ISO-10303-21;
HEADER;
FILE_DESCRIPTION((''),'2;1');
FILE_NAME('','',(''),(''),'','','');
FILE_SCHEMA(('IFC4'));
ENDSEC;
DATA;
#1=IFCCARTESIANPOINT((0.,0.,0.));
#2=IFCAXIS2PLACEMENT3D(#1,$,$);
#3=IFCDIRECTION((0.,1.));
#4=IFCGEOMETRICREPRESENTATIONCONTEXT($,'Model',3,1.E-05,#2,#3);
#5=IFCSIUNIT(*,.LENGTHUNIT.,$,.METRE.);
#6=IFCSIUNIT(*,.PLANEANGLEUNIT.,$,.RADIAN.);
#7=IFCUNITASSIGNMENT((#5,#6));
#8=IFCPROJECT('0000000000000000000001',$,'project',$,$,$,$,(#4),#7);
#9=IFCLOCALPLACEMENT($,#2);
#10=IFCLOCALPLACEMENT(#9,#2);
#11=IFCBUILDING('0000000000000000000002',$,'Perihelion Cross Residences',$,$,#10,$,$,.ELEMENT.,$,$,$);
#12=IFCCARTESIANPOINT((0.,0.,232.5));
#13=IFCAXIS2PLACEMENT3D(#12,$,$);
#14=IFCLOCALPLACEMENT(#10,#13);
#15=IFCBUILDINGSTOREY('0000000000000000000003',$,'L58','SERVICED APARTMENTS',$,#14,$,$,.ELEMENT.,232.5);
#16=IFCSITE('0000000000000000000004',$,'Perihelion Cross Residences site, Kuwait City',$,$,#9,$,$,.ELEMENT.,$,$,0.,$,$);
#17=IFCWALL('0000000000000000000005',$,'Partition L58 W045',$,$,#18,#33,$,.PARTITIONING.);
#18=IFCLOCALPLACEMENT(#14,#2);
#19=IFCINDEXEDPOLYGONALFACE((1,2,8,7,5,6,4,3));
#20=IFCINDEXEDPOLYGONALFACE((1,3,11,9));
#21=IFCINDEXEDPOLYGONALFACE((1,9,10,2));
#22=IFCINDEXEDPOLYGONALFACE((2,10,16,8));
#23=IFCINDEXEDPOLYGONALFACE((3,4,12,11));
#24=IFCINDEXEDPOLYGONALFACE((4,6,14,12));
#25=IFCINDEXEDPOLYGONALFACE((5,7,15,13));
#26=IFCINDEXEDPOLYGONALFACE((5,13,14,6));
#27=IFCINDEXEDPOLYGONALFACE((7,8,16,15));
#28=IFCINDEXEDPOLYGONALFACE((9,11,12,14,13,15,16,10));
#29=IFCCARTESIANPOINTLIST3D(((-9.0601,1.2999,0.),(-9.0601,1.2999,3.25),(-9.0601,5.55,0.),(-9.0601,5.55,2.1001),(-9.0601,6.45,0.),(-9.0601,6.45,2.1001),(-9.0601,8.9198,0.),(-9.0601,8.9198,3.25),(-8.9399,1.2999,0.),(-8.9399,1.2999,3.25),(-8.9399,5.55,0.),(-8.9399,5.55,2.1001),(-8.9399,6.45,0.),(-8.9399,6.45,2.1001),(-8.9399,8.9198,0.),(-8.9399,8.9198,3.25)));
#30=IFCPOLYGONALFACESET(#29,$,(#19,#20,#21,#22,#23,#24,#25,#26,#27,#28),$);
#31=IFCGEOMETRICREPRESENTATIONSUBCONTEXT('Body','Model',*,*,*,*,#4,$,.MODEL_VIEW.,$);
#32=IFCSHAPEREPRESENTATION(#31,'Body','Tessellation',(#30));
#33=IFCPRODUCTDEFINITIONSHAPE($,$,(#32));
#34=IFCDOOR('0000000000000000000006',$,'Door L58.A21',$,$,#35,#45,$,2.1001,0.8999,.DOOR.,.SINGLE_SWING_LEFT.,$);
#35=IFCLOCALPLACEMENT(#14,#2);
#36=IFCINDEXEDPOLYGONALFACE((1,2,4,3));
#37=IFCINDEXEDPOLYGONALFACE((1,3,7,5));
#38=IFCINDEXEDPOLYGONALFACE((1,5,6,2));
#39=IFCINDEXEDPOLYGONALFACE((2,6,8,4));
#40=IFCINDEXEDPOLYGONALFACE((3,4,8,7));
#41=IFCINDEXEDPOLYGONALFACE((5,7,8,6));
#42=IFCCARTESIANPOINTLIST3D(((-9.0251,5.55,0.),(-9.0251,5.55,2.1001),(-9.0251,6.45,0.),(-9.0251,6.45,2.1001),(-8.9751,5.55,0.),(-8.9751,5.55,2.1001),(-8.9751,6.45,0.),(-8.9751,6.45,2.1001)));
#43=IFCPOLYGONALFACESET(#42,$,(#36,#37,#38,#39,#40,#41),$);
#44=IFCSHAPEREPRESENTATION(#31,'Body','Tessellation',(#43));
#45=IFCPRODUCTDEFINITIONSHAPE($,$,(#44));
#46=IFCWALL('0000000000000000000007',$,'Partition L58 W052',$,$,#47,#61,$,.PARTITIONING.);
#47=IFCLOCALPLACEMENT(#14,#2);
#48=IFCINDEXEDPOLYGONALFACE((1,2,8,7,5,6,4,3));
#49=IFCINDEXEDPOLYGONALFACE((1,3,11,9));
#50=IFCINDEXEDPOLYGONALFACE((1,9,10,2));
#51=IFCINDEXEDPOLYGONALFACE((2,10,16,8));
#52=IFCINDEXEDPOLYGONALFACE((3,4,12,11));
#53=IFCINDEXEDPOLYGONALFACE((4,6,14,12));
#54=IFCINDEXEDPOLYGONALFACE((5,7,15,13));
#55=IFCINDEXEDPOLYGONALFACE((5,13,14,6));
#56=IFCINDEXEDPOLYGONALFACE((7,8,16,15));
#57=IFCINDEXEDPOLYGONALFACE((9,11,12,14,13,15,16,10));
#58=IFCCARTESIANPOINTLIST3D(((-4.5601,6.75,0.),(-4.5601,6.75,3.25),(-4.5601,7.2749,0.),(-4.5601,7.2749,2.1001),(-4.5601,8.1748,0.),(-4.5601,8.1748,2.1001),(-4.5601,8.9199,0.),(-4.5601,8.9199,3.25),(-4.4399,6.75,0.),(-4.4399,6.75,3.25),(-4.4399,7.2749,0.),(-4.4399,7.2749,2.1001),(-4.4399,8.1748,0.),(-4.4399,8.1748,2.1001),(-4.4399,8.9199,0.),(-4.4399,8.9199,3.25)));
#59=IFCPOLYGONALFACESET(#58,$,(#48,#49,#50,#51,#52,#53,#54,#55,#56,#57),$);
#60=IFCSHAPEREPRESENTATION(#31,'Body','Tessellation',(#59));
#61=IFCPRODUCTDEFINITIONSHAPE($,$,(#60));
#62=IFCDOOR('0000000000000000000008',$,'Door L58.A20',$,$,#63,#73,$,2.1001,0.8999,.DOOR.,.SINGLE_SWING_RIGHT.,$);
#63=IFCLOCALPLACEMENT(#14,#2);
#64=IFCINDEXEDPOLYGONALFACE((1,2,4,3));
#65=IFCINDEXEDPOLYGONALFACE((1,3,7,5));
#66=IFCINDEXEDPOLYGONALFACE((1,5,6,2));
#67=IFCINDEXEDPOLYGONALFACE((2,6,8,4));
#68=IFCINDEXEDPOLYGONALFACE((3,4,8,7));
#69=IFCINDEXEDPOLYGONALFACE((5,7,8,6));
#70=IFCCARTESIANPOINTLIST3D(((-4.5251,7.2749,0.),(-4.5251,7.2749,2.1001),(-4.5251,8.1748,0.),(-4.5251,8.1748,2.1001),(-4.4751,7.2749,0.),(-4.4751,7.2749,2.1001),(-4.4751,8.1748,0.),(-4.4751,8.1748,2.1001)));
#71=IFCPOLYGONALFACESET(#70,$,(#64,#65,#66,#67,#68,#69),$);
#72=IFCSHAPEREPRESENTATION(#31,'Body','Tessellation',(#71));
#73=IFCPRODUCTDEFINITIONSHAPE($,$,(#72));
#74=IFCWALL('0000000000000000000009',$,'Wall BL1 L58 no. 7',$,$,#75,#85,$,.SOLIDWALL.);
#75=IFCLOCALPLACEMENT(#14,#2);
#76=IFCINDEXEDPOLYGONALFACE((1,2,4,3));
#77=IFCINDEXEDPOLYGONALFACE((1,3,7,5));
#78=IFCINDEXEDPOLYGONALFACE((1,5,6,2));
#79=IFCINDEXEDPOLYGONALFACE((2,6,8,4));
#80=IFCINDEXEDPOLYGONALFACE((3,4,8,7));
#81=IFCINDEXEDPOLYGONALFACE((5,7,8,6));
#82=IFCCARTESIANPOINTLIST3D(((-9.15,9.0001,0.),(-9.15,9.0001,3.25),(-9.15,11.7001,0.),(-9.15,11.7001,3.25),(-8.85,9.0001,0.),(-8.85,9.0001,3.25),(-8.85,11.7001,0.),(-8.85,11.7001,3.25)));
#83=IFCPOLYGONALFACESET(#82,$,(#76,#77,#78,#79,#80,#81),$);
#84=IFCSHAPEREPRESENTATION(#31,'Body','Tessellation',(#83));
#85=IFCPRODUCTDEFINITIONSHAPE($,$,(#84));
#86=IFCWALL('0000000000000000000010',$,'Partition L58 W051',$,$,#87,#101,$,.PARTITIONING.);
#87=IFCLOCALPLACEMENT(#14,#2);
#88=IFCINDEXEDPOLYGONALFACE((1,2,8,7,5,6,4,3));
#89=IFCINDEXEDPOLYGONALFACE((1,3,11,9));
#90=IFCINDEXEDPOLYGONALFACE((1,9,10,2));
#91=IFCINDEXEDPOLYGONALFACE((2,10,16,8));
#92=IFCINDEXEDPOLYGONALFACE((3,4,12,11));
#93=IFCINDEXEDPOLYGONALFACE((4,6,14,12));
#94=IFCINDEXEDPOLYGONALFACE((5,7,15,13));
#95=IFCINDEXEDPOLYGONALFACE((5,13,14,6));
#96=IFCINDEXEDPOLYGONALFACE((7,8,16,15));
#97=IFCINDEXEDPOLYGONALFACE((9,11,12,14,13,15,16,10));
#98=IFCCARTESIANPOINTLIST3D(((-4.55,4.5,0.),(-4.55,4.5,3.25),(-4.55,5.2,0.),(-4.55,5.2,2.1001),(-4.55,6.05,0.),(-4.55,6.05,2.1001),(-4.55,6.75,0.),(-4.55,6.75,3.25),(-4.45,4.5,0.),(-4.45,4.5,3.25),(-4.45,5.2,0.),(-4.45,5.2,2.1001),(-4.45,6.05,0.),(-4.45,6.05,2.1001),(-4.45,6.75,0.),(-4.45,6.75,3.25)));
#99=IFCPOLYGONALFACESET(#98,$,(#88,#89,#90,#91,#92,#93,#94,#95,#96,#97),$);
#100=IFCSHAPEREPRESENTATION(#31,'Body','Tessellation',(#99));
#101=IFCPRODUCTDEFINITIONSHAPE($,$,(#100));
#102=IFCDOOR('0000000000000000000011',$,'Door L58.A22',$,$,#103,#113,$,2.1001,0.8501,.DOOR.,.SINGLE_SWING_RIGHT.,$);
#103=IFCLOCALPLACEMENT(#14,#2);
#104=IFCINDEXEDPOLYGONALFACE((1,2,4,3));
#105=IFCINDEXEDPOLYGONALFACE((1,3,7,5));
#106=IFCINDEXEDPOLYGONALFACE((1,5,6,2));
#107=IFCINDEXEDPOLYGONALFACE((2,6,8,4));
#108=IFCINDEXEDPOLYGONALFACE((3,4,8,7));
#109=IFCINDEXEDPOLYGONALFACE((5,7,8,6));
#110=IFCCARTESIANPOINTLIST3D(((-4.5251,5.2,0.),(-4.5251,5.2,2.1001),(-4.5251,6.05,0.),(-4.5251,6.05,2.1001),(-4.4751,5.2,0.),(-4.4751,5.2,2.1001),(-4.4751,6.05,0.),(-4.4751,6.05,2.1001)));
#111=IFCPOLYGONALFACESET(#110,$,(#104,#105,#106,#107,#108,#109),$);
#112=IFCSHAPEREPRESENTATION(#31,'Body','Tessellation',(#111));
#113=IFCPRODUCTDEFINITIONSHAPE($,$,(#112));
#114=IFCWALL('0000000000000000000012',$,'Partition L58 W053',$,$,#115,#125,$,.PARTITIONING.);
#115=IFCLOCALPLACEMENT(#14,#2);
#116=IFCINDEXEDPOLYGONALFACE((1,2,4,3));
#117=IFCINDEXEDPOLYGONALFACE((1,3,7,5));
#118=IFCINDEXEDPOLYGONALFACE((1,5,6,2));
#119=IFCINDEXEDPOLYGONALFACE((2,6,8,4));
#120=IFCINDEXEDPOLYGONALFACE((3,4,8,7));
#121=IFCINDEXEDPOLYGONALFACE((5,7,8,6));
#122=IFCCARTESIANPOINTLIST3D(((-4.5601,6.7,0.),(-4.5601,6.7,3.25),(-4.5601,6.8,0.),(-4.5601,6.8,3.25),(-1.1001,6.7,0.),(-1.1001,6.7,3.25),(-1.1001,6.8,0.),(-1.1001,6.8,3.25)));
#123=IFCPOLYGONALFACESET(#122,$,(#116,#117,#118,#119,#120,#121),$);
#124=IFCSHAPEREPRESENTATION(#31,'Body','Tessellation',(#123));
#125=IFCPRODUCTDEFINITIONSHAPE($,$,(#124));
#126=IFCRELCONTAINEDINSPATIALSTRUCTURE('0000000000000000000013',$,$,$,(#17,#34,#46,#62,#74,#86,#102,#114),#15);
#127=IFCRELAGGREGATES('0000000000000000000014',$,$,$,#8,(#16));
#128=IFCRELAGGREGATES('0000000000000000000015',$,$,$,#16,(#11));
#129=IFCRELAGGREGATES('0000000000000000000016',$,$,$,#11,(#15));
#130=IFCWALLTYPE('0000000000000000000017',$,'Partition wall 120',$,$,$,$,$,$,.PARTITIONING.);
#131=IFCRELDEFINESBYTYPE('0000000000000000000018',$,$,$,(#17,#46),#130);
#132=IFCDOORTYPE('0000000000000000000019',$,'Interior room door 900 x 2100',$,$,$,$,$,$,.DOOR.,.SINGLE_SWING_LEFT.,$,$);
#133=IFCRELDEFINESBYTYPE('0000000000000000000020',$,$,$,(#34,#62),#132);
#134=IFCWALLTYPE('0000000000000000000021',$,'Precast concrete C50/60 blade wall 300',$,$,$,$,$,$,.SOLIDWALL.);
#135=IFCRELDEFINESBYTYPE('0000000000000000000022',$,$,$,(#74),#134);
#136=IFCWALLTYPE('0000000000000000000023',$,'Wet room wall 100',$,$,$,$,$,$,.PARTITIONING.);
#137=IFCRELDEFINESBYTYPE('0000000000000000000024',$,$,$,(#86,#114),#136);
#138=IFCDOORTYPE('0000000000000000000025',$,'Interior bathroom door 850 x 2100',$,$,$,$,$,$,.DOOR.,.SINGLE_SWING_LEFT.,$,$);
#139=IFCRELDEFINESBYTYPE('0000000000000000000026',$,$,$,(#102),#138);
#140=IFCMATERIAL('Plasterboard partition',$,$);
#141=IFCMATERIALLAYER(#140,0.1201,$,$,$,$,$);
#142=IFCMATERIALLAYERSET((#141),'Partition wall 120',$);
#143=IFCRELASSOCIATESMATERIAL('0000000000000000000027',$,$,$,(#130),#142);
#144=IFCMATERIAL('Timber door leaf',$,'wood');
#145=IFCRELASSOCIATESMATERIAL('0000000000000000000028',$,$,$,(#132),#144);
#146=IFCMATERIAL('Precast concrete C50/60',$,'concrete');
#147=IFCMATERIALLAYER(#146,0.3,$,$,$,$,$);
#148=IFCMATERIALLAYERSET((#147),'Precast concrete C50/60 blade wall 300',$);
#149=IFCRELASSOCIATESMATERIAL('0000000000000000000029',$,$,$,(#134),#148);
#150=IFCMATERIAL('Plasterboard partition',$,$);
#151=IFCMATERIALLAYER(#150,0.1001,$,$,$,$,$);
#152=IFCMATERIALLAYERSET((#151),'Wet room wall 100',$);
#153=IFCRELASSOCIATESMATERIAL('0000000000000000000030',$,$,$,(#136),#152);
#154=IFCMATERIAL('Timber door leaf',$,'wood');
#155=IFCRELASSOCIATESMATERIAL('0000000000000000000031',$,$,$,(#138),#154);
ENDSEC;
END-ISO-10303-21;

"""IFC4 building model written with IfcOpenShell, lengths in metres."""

from ifc_helpers import new_model, si_unit, direction, frame, frame_2d, origin, place, context, subcontext, project, spatial, rectangle, extrude, material, layer, layer_set, type_object, element, fill, save


model = new_model("IFC4")

# Units and contexts
model_context = context("Model", 3, precision=1e-05, world=origin(), true_north=direction((0.0, 1.0)))
body_context = subcontext(model_context, "Body", "Model", "MODEL_VIEW")
ifc_project = project(units=[si_unit("LENGTHUNIT", "METRE"), si_unit("PLANEANGLEUNIT", "RADIAN")], contexts=[model_context])

# Site, building, storey
site_placement = place(None, origin())
site = spatial("IfcSite", under=ifc_project, at=site_placement, Name="Perihelion Cross Residences site, Kuwait City", CompositionType="ELEMENT", RefElevation=0.0)
building_placement = place(site_placement, origin())
building = spatial("IfcBuilding", under=site, at=building_placement, Name="Perihelion Cross Residences", CompositionType="ELEMENT")
storey_placement = place(building_placement, frame((0.0, 0.0, 232.5)))
storey = spatial("IfcBuildingStorey", under=building, at=storey_placement, Name="L58", Description="SERVICED APARTMENTS", CompositionType="ELEMENT", Elevation=232.5)

# Shared definitions
ifc_material_1 = material(Name="Plasterboard partition")
ifc_layer_1 = layer(ifc_material_1, 0.1201)
ifc_layer_set_1 = layer_set([ifc_layer_1], Name="Partition wall 120")
wall_type_1 = type_object("IfcWallType", Name="Partition wall 120", PredefinedType="PARTITIONING", material=ifc_layer_set_1)

# Walls, openings, doors
wall_1_placement = place(storey_placement, frame((-9.0, 8.9199, 0.0), z_axis=(0.0, 0.0, 1.0), x_axis=(0.0, -1.0, 0.0)))
wall_1 = element("IfcWall", 1, at=wall_1_placement, inside=storey, type_object=wall_type_1, Name="Partition L58 W045", PredefinedType="PARTITIONING", context=body_context, shape_type="SweptSolid", body=[
    extrude(rectangle(XDim=7.6199, YDim=0.1201, at=frame_2d((3.8101, 0.0))), origin(), (0.0, 0.0, 1.0), 3.25),
])
opening_1_placement = place(wall_1_placement, frame((2.47, 0.0, 0.0)))
opening_1 = element("IfcOpeningElement", 2, at=opening_1_placement, cuts=wall_1, PredefinedType="OPENING", context=body_context, shape_type="SweptSolid", body=[
    extrude(rectangle(XDim=0.8999, YDim=2.1001, at=frame_2d((0.45, 1.05))), frame((0.0, 0.0701, 0.0), z_axis=(0.0, -1.0, 0.0), x_axis=(1.0, 0.0, 0.0)), (0.0, 0.0, 1.0), 0.1401),
])
ifc_material_2 = material(Name="Timber door leaf", Category="wood")
door_type_1 = type_object("IfcDoorType", Name="Interior room door 900 x 2100", OperationType="SINGLE_SWING_LEFT", PredefinedType="DOOR", material=ifc_material_2)
door_1_placement = place(opening_1_placement, origin())
door_1 = element("IfcDoor", 3, at=door_1_placement, inside=storey, type_object=door_type_1, Name="Door L58.A21", OperationType="SINGLE_SWING_LEFT", OverallHeight=2.1001, OverallWidth=0.8999, PredefinedType="DOOR", context=body_context, shape_type="SweptSolid", body=[
    extrude(rectangle(XDim=0.8999, YDim=2.1001, at=frame_2d((0.45, 1.05))), frame((0.0, 0.0249, 0.0), z_axis=(0.0, -1.0, 0.0), x_axis=(1.0, 0.0, 0.0)), (0.0, 0.0, 1.0), 0.05),
])
fill(opening_1, door_1)
wall_2_placement = place(storey_placement, frame((-4.5, 8.9199, 0.0), z_axis=(0.0, 0.0, 1.0), x_axis=(0.0, -1.0, 0.0)))
wall_2 = element("IfcWall", 4, at=wall_2_placement, inside=storey, type_object=wall_type_1, Name="Partition L58 W052", PredefinedType="PARTITIONING", context=body_context, shape_type="SweptSolid", body=[
    extrude(rectangle(XDim=2.1699, YDim=0.1201, at=frame_2d((1.085, 0.0))), origin(), (0.0, 0.0, 1.0), 3.25),
])
opening_2_placement = place(wall_2_placement, frame((0.7451, 0.0, 0.0)))
opening_2 = element("IfcOpeningElement", 5, at=opening_2_placement, cuts=wall_2, PredefinedType="OPENING", context=body_context, shape_type="SweptSolid", body=[
    extrude(rectangle(XDim=0.8999, YDim=2.1001, at=frame_2d((0.45, 1.05))), frame((0.0, 0.0701, 0.0), z_axis=(0.0, -1.0, 0.0), x_axis=(1.0, 0.0, 0.0)), (0.0, 0.0, 1.0), 0.1401),
])
door_2_placement = place(opening_2_placement, origin())
door_2 = element("IfcDoor", 6, at=door_2_placement, inside=storey, type_object=door_type_1, Name="Door L58.A20", OperationType="SINGLE_SWING_RIGHT", OverallHeight=2.1001, OverallWidth=0.8999, PredefinedType="DOOR", context=body_context, shape_type="SweptSolid", body=[
    extrude(rectangle(XDim=0.8999, YDim=2.1001, at=frame_2d((0.45, 1.05))), frame((0.0, 0.0249, 0.0), z_axis=(0.0, -1.0, 0.0), x_axis=(1.0, 0.0, 0.0)), (0.0, 0.0, 1.0), 0.05),
])
fill(opening_2, door_2)

# Wall
ifc_material_3 = material(Name="Precast concrete C50/60", Category="concrete")
ifc_layer_2 = layer(ifc_material_3, 0.3)
ifc_layer_set_2 = layer_set([ifc_layer_2], Name="Precast concrete C50/60 blade wall 300")
wall_type_2 = type_object("IfcWallType", Name="Precast concrete C50/60 blade wall 300", PredefinedType="SOLIDWALL", material=ifc_layer_set_2)
wall_3_placement = place(storey_placement, frame((-9.0, 9.0, 0.0), z_axis=(0.0, 0.0, 1.0), x_axis=(0.0, 1.0, 0.0)))
element("IfcWall", 7, at=wall_3_placement, inside=storey, type_object=wall_type_2, Name="Wall BL1 L58 no. 7", PredefinedType="SOLIDWALL", context=body_context, shape_type="SweptSolid", body=[
    extrude(rectangle(XDim=2.7, YDim=0.3, at=frame_2d((1.3501, 0.0))), origin(), (0.0, 0.0, 1.0), 3.25),
])

# Wall, opening, door
ifc_material_4 = material(Name="Plasterboard partition")
ifc_layer_3 = layer(ifc_material_4, 0.1001)
ifc_layer_set_3 = layer_set([ifc_layer_3], Name="Wet room wall 100")
wall_type_3 = type_object("IfcWallType", Name="Wet room wall 100", PredefinedType="PARTITIONING", material=ifc_layer_set_3)
wall_4_placement = place(storey_placement, frame((-4.5, 6.75, 0.0), z_axis=(0.0, 0.0, 1.0), x_axis=(0.0, -1.0, 0.0)))
wall_4 = element("IfcWall", 8, at=wall_4_placement, inside=storey, type_object=wall_type_3, Name="Partition L58 W051", PredefinedType="PARTITIONING", context=body_context, shape_type="SweptSolid", body=[
    extrude(rectangle(XDim=2.25, YDim=0.1001, at=frame_2d((1.125, 0.0))), origin(), (0.0, 0.0, 1.0), 3.25),
])
opening_3_placement = place(wall_4_placement, frame((0.7, 0.0, 0.0)))
opening_3 = element("IfcOpeningElement", 9, at=opening_3_placement, cuts=wall_4, PredefinedType="OPENING", context=body_context, shape_type="SweptSolid", body=[
    extrude(rectangle(XDim=0.8501, YDim=2.1001, at=frame_2d((0.425, 1.05))), frame((0.0, 0.0601, 0.0), z_axis=(0.0, -1.0, 0.0), x_axis=(1.0, 0.0, 0.0)), (0.0, 0.0, 1.0), 0.1201),
])
ifc_material_5 = material(Name="Timber door leaf", Category="wood")
door_type_2 = type_object("IfcDoorType", Name="Interior bathroom door 850 x 2100", OperationType="SINGLE_SWING_LEFT", PredefinedType="DOOR", material=ifc_material_5)
door_3_placement = place(opening_3_placement, origin())
door_3 = element("IfcDoor", 10, at=door_3_placement, inside=storey, type_object=door_type_2, Name="Door L58.A22", OperationType="SINGLE_SWING_RIGHT", OverallHeight=2.1001, OverallWidth=0.8501, PredefinedType="DOOR", context=body_context, shape_type="SweptSolid", body=[
    extrude(rectangle(XDim=0.8501, YDim=2.1001, at=frame_2d((0.425, 1.05))), frame((0.0, 0.0249, 0.0), z_axis=(0.0, -1.0, 0.0), x_axis=(1.0, 0.0, 0.0)), (0.0, 0.0, 1.0), 0.05),
])
fill(opening_3, door_3)

# Wall
wall_5_placement = place(storey_placement, frame((-4.5601, 6.75, 0.0), z_axis=(0.0, 0.0, 1.0), x_axis=(1.0, 0.0, 0.0)))
element("IfcWall", 11, at=wall_5_placement, inside=storey, type_object=wall_type_3, Name="Partition L58 W053", PredefinedType="PARTITIONING", context=body_context, shape_type="SweptSolid", body=[
    extrude(rectangle(XDim=3.46, YDim=0.1001, at=frame_2d((1.73, 0.0))), origin(), (0.0, 0.0, 1.0), 3.25),
])

save(model, "model.ifc")
